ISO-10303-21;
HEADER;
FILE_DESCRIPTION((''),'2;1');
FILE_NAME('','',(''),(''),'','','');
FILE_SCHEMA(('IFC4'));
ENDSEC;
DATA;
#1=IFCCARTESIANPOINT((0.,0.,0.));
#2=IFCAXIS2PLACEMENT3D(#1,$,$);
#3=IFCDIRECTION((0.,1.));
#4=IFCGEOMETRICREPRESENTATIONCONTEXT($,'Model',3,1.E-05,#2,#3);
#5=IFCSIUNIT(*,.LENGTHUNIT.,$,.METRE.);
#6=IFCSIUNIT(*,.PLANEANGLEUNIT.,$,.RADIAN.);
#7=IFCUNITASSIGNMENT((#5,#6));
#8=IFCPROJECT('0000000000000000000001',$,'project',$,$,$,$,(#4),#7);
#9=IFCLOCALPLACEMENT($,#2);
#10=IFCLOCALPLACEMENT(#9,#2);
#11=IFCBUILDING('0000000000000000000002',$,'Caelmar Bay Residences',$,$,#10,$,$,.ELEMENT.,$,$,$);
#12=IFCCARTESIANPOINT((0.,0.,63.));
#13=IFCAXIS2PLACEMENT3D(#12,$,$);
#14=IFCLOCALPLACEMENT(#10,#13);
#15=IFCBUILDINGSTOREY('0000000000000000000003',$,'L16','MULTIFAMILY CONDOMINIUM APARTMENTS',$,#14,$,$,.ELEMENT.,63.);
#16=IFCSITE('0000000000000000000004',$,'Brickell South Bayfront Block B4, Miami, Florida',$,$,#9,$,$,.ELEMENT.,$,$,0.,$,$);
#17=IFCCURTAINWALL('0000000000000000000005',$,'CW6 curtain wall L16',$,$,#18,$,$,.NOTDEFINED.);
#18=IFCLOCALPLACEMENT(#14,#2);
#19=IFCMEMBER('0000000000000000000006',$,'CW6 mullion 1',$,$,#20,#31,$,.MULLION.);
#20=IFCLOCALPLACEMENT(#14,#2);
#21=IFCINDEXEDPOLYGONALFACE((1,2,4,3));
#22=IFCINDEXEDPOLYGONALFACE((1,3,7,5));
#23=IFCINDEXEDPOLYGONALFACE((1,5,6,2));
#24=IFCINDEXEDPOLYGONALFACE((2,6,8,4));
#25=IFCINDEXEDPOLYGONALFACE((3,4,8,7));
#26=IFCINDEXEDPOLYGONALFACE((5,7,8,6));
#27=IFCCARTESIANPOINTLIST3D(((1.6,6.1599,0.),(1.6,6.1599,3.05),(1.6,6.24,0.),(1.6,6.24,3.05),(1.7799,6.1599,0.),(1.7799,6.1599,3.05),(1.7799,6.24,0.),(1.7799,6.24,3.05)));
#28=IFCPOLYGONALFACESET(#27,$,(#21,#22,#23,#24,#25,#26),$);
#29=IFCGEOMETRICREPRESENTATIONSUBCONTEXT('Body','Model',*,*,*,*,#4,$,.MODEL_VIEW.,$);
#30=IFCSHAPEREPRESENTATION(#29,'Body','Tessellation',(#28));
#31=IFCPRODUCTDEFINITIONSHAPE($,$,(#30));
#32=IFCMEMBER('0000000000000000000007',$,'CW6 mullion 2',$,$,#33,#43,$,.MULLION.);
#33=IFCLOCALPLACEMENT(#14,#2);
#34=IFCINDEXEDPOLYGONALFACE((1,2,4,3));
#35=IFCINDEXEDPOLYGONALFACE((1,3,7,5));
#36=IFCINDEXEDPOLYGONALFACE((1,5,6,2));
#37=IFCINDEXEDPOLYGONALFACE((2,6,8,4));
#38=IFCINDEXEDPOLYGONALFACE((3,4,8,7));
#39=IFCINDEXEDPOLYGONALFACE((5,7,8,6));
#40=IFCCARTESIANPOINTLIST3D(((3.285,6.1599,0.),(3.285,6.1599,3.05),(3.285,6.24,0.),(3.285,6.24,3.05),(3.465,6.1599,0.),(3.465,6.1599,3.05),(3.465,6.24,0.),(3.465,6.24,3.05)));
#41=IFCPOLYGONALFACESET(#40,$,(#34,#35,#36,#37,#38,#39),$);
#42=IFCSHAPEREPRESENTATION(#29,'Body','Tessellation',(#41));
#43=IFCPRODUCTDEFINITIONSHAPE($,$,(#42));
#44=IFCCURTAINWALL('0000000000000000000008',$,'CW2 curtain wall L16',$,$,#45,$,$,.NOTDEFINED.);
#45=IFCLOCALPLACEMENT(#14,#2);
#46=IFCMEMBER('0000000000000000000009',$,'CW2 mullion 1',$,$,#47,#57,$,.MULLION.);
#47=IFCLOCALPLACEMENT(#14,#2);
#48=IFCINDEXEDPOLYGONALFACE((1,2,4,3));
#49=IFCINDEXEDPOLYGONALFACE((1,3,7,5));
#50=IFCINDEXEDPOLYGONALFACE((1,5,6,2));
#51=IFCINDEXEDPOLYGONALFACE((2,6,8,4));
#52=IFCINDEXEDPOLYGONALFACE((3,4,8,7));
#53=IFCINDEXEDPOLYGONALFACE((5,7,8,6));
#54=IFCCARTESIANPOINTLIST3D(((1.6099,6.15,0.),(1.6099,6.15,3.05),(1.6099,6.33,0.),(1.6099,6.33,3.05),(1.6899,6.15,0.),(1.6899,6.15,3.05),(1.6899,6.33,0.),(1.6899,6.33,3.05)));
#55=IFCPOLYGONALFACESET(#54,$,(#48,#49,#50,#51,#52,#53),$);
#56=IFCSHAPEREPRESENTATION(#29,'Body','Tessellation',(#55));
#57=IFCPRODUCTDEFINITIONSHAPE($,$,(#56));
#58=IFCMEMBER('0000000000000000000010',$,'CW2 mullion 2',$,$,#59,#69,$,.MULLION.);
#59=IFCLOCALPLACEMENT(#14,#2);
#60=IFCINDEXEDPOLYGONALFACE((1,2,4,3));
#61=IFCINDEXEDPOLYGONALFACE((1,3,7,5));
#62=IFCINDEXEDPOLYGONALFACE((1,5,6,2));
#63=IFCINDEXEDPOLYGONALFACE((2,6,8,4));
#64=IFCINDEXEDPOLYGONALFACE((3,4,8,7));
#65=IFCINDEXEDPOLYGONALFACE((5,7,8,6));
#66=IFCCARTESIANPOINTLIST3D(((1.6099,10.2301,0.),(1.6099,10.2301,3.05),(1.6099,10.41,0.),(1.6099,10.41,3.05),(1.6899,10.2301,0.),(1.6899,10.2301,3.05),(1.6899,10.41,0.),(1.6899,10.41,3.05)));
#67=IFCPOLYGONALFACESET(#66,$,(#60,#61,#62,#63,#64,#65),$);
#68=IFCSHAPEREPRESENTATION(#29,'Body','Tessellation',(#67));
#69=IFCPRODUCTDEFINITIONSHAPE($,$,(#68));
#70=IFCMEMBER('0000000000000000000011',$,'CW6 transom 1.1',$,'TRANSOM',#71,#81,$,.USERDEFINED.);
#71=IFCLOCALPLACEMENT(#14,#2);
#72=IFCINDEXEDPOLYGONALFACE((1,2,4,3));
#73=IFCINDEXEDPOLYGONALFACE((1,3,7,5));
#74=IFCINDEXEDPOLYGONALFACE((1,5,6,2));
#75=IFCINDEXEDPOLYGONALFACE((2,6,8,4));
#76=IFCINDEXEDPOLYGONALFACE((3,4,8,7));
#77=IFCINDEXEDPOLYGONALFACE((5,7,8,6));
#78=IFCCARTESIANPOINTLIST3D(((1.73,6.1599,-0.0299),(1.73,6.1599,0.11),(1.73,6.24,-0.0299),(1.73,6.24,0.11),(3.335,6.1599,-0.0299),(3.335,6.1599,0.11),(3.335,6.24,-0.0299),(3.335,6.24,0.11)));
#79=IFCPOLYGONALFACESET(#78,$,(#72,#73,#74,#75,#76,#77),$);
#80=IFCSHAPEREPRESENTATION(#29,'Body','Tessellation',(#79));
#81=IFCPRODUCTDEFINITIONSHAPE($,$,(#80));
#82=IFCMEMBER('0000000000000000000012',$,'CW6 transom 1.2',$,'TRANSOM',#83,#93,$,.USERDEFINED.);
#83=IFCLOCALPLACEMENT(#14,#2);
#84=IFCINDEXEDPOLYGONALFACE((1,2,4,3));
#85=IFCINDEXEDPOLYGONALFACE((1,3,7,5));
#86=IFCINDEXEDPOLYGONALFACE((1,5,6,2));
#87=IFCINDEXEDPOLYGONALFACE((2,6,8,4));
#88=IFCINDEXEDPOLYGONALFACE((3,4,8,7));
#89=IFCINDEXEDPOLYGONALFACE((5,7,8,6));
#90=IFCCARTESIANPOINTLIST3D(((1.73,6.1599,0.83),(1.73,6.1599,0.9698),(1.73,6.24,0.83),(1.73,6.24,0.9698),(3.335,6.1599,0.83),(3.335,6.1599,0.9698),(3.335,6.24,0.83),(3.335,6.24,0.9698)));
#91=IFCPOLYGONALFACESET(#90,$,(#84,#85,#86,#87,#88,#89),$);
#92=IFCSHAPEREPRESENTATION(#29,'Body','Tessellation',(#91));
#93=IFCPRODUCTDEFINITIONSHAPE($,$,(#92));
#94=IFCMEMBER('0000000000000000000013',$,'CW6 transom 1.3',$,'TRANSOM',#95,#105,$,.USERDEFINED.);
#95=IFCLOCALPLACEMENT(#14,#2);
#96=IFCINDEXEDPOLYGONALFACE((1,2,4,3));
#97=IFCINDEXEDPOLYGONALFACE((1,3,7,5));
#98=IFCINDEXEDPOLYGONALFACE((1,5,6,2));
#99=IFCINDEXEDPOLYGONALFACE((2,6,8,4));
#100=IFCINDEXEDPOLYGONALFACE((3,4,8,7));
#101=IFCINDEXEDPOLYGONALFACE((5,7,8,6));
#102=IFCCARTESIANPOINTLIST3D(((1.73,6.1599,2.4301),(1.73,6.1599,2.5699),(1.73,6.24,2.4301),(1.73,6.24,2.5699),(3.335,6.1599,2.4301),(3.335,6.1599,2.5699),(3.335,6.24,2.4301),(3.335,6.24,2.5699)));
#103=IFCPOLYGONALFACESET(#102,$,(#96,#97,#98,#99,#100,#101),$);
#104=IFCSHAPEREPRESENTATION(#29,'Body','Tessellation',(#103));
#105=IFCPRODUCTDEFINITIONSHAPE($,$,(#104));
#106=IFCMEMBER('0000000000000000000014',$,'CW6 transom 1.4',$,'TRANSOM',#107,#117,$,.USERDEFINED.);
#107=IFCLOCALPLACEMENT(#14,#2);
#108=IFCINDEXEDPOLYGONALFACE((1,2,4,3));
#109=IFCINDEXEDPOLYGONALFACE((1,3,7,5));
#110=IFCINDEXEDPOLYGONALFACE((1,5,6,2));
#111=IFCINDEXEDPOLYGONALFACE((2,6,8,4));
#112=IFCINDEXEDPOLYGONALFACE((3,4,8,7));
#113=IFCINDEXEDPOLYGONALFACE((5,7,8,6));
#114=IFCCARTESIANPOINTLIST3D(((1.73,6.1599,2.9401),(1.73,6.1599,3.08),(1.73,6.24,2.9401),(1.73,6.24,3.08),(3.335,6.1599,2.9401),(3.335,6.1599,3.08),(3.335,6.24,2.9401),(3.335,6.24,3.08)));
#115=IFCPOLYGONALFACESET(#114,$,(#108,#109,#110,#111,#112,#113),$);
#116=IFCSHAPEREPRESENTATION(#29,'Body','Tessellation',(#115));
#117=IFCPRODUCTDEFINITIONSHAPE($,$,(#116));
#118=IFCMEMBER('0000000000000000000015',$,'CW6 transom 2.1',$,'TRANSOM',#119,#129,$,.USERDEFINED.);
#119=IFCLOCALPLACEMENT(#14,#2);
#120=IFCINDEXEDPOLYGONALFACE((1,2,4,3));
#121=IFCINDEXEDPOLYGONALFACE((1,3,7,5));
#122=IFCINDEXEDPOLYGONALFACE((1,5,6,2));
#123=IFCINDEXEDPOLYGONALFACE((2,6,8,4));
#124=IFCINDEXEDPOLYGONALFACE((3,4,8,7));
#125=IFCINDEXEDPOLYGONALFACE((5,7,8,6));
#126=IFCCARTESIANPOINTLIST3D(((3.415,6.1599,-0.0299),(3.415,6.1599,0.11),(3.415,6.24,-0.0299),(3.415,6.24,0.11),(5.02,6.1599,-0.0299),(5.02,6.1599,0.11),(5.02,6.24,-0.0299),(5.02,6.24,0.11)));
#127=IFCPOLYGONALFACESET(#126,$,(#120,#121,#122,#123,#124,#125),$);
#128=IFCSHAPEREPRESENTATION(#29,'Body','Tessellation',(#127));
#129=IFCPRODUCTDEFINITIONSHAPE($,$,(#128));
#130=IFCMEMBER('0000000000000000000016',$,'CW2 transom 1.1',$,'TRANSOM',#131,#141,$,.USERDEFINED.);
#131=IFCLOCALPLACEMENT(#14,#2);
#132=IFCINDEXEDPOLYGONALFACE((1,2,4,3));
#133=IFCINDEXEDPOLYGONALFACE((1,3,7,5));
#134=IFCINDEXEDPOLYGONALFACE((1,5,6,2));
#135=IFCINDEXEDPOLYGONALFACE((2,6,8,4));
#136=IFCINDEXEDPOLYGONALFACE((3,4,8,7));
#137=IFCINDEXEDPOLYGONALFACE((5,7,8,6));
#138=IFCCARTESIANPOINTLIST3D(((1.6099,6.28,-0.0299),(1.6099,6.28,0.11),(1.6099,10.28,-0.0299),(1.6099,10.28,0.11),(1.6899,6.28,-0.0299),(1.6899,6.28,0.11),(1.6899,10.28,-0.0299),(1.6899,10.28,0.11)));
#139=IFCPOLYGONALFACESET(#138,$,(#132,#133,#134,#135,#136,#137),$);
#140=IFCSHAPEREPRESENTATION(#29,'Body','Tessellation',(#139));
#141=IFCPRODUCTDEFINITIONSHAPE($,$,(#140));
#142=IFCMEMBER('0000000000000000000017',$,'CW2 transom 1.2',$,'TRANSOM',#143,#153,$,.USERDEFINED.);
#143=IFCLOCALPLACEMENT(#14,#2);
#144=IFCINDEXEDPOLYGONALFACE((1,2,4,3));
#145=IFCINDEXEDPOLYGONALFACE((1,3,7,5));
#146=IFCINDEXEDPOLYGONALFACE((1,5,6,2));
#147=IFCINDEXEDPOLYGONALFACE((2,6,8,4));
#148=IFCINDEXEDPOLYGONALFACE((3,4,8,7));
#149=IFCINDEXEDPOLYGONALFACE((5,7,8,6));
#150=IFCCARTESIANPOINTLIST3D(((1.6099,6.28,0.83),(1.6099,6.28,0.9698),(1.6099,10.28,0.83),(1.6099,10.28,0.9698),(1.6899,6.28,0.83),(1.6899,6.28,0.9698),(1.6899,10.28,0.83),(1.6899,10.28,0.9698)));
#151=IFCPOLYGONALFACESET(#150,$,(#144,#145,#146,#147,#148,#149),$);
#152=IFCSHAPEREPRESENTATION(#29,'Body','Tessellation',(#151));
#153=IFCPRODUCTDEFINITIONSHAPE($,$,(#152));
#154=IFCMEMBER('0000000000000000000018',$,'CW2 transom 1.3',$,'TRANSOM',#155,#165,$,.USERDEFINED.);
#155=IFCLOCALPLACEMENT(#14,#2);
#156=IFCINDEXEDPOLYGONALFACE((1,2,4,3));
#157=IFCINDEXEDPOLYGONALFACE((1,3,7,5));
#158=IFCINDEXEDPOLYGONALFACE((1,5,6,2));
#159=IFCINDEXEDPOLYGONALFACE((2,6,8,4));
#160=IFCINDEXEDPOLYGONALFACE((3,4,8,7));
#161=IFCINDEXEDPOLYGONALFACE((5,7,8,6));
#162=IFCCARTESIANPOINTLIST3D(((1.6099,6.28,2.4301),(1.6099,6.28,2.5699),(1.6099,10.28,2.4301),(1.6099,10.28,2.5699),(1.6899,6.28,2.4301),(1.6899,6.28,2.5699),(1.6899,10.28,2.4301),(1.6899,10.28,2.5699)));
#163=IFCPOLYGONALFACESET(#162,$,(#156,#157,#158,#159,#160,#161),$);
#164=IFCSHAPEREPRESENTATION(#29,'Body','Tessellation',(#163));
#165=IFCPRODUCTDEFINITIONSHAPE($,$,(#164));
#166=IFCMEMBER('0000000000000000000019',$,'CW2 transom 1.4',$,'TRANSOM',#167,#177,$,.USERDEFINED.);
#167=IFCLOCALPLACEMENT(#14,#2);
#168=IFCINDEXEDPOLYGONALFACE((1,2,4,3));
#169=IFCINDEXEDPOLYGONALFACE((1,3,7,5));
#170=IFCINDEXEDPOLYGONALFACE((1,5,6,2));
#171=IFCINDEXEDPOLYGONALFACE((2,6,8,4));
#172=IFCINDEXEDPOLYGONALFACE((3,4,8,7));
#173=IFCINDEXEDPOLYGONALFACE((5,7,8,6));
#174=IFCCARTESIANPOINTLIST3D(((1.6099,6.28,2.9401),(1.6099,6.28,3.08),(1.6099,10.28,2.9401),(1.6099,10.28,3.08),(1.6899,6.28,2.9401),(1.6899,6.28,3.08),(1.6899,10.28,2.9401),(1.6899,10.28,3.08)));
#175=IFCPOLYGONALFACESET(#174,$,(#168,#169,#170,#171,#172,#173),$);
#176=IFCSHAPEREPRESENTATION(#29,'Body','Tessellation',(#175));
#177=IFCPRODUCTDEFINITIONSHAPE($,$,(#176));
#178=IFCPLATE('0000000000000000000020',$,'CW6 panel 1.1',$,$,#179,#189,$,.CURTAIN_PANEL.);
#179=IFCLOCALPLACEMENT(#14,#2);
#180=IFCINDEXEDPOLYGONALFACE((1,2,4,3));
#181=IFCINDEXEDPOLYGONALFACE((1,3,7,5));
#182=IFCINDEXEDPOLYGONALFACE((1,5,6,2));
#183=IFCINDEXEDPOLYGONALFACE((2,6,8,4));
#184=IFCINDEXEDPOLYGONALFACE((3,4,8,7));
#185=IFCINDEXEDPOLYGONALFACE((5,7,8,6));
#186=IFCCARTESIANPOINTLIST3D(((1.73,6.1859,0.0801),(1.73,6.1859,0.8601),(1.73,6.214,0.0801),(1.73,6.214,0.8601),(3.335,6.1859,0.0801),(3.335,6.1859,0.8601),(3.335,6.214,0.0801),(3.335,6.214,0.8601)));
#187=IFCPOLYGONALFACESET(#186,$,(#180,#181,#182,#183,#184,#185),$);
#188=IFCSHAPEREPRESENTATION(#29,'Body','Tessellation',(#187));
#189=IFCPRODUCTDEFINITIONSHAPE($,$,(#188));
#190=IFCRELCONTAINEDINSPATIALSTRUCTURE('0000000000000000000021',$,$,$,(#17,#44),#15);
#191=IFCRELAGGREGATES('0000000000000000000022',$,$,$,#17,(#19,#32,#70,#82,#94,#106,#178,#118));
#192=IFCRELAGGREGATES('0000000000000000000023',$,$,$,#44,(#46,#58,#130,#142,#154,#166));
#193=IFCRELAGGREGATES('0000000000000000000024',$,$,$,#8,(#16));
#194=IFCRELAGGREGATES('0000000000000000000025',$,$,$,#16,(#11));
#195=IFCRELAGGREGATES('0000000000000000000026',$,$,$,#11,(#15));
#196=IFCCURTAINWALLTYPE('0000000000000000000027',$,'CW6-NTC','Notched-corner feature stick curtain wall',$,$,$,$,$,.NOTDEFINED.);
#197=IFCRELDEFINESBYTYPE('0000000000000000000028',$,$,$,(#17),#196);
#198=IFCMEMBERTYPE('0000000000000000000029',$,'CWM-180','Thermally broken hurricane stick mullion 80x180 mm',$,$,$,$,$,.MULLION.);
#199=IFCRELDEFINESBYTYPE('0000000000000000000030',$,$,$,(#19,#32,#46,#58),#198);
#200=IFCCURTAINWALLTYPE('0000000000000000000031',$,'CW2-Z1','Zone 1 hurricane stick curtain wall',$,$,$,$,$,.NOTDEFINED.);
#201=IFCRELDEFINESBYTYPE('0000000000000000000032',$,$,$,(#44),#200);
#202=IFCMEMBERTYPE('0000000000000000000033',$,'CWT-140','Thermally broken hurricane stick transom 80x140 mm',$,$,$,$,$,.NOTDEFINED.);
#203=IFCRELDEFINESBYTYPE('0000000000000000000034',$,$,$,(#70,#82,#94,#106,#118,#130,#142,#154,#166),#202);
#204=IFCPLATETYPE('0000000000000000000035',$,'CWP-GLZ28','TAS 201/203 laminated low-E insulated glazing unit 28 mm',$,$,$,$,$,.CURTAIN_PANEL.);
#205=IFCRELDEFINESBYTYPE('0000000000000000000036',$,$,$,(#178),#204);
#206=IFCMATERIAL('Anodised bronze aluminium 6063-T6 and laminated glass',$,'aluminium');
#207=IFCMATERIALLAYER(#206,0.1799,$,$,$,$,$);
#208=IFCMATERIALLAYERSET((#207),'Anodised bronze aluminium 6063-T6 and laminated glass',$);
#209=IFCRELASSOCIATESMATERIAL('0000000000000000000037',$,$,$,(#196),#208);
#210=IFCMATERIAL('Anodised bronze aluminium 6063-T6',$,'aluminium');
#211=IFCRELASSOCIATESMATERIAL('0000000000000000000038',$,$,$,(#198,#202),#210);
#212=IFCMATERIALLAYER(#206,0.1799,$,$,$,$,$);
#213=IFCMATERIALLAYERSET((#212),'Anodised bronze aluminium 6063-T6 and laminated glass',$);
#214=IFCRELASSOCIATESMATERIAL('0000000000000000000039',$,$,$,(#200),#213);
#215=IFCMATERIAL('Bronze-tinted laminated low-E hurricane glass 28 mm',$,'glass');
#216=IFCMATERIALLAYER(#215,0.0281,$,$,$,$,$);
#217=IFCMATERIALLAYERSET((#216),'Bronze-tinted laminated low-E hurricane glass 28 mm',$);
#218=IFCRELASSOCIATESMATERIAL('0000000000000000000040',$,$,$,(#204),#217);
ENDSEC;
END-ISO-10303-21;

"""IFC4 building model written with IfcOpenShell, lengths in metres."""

from ifc_helpers import new_model, si_unit, direction, frame, origin, origin_2d, place, context, subcontext, project, spatial, rectangle, extrude, material, layer, layer_set, material_profile, profile_set, type_object, element, aggregate, save


model = new_model("IFC4")

# Units and contexts
model_context = context("Model", 3, precision=1e-05, world=origin(), true_north=direction((0.0, 1.0)))
body_context = subcontext(model_context, "Body", "Model", "MODEL_VIEW")
ifc_project = project(units=[si_unit("LENGTHUNIT", "METRE"), si_unit("PLANEANGLEUNIT", "RADIAN")], contexts=[model_context])

# Site, building, storey
site_placement = place(None, origin())
site = spatial("IfcSite", under=ifc_project, at=site_placement, Name="Brickell South Bayfront Block B4, Miami, Florida", CompositionType="ELEMENT", RefElevation=0.0)
building_placement = place(site_placement, origin())
building = spatial("IfcBuilding", under=site, at=building_placement, Name="Caelmar Bay Residences", CompositionType="ELEMENT")
storey_placement = place(building_placement, frame((0.0, 0.0, 63.0)))
storey = spatial("IfcBuildingStorey", under=building, at=storey_placement, Name="L16", Description="MULTIFAMILY CONDOMINIUM APARTMENTS", CompositionType="ELEMENT", Elevation=63.0)

# Curtain walls, members
ifc_material_1 = material(Name="Anodised bronze aluminium 6063-T6 and laminated glass", Category="aluminium")
ifc_layer_1 = layer(ifc_material_1, 0.1799)
ifc_layer_set_1 = layer_set([ifc_layer_1], Name="Anodised bronze aluminium 6063-T6 and laminated glass")
curtain_wall_type_1 = type_object("IfcCurtainWallType", Name="CW6-NTC", Description="Notched-corner feature stick curtain wall", PredefinedType="NOTDEFINED", material=ifc_layer_set_1)
curtain_wall_1_placement = place(storey_placement, origin())
curtain_wall_1 = element("IfcCurtainWall", 1, at=curtain_wall_1_placement, inside=storey, type_object=curtain_wall_type_1, Name="CW6 curtain wall L16", PredefinedType="NOTDEFINED")
ifc_material_2 = material(Name="Anodised bronze aluminium 6063-T6", Category="aluminium")
ifc_material_profile_1 = material_profile(ifc_material_2, rectangle(XDim=0.0801, YDim=0.1799, at=origin_2d()), Name="CWM-80X180")
ifc_profile_set_1 = profile_set([ifc_material_profile_1], Name="Anodised bronze aluminium 6063-T6")
member_type_1 = type_object("IfcMemberType", Name="CWM-180", Description="Thermally broken hurricane stick mullion 80x180 mm", PredefinedType="MULLION", material=ifc_profile_set_1)
member_1_placement = place(storey_placement, frame((1.6899, 6.2, 0.0), z_axis=(0.0, 0.0, 1.0), x_axis=(0.0, 1.0, 0.0)))
member_1 = element("IfcMember", 2, at=member_1_placement, type_object=member_type_1, Name="CW6 mullion 1", PredefinedType="MULLION", context=body_context, shape_type="SweptSolid", body=[
    extrude(rectangle(XDim=0.0801, YDim=0.1799, at=origin_2d()), origin(), (0.0, 0.0, 1.0), 3.05),
])
member_2_placement = place(storey_placement, frame((3.375, 6.2, 0.0), z_axis=(0.0, 0.0, 1.0), x_axis=(0.0, 1.0, 0.0)))
member_2 = element("IfcMember", 3, at=member_2_placement, type_object=member_type_1, Name="CW6 mullion 2", PredefinedType="MULLION", context=body_context, shape_type="SweptSolid", body=[
    extrude(rectangle(XDim=0.0801, YDim=0.1799, at=origin_2d()), origin(), (0.0, 0.0, 1.0), 3.05),
])
ifc_layer_2 = layer(ifc_material_1, 0.1799)
ifc_layer_set_2 = layer_set([ifc_layer_2], Name="Anodised bronze aluminium 6063-T6 and laminated glass")
curtain_wall_type_2 = type_object("IfcCurtainWallType", Name="CW2-Z1", Description="Zone 1 hurricane stick curtain wall", PredefinedType="NOTDEFINED", material=ifc_layer_set_2)
curtain_wall_2_placement = place(storey_placement, origin())
curtain_wall_2 = element("IfcCurtainWall", 4, at=curtain_wall_2_placement, inside=storey, type_object=curtain_wall_type_2, Name="CW2 curtain wall L16", PredefinedType="NOTDEFINED")
member_3_placement = place(storey_placement, frame((1.6499, 6.24, 0.0), z_axis=(0.0, 0.0, 1.0), x_axis=(-1.0, 0.0, 0.0)))
member_3 = element("IfcMember", 5, at=member_3_placement, type_object=member_type_1, Name="CW2 mullion 1", PredefinedType="MULLION", context=body_context, shape_type="SweptSolid", body=[
    extrude(rectangle(XDim=0.0801, YDim=0.1799, at=origin_2d()), origin(), (0.0, 0.0, 1.0), 3.05),
])
member_4_placement = place(storey_placement, frame((1.6499, 10.3201, 0.0), z_axis=(0.0, 0.0, 1.0), x_axis=(-1.0, 0.0, 0.0)))
member_4 = element("IfcMember", 6, at=member_4_placement, type_object=member_type_1, Name="CW2 mullion 2", PredefinedType="MULLION", context=body_context, shape_type="SweptSolid", body=[
    extrude(rectangle(XDim=0.0801, YDim=0.1799, at=origin_2d()), origin(), (0.0, 0.0, 1.0), 3.05),
])

# Members
ifc_material_profile_2 = material_profile(ifc_material_2, rectangle(XDim=0.0801, YDim=0.1399, at=origin_2d()), Name="CWT-80X140")
ifc_profile_set_2 = profile_set([ifc_material_profile_2], Name="Anodised bronze aluminium 6063-T6")
member_type_2 = type_object("IfcMemberType", Name="CWT-140", Description="Thermally broken hurricane stick transom 80x140 mm", PredefinedType="NOTDEFINED", material=ifc_profile_set_2)
member_5_placement = place(storey_placement, frame((1.73, 6.2, 0.04), z_axis=(1.0, 0.0, 0.0), x_axis=(0.0, 1.0, 0.0)))
member_5 = element("IfcMember", 7, at=member_5_placement, type_object=member_type_2, Name="CW6 transom 1.1", ObjectType="TRANSOM", PredefinedType="USERDEFINED", context=body_context, shape_type="SweptSolid", body=[
    extrude(rectangle(XDim=0.0801, YDim=0.1399, at=origin_2d()), origin(), (0.0, 0.0, 1.0), 1.605),
])
member_6_placement = place(storey_placement, frame((1.73, 6.2, 0.8999), z_axis=(1.0, 0.0, 0.0), x_axis=(0.0, 1.0, 0.0)))
member_6 = element("IfcMember", 8, at=member_6_placement, type_object=member_type_2, Name="CW6 transom 1.2", ObjectType="TRANSOM", PredefinedType="USERDEFINED", context=body_context, shape_type="SweptSolid", body=[
    extrude(rectangle(XDim=0.0801, YDim=0.1399, at=origin_2d()), origin(), (0.0, 0.0, 1.0), 1.605),
])
member_7_placement = place(storey_placement, frame((1.73, 6.2, 2.5), z_axis=(1.0, 0.0, 0.0), x_axis=(0.0, 1.0, 0.0)))
member_7 = element("IfcMember", 9, at=member_7_placement, type_object=member_type_2, Name="CW6 transom 1.3", ObjectType="TRANSOM", PredefinedType="USERDEFINED", context=body_context, shape_type="SweptSolid", body=[
    extrude(rectangle(XDim=0.0801, YDim=0.1399, at=origin_2d()), origin(), (0.0, 0.0, 1.0), 1.605),
])
member_8_placement = place(storey_placement, frame((1.73, 6.2, 3.01), z_axis=(1.0, 0.0, 0.0), x_axis=(0.0, 1.0, 0.0)))
member_8 = element("IfcMember", 10, at=member_8_placement, type_object=member_type_2, Name="CW6 transom 1.4", ObjectType="TRANSOM", PredefinedType="USERDEFINED", context=body_context, shape_type="SweptSolid", body=[
    extrude(rectangle(XDim=0.0801, YDim=0.1399, at=origin_2d()), origin(), (0.0, 0.0, 1.0), 1.605),
])
member_9_placement = place(storey_placement, frame((3.415, 6.2, 0.04), z_axis=(1.0, 0.0, 0.0), x_axis=(0.0, 1.0, 0.0)))
member_9 = element("IfcMember", 11, at=member_9_placement, type_object=member_type_2, Name="CW6 transom 2.1", ObjectType="TRANSOM", PredefinedType="USERDEFINED", context=body_context, shape_type="SweptSolid", body=[
    extrude(rectangle(XDim=0.0801, YDim=0.1399, at=origin_2d()), origin(), (0.0, 0.0, 1.0), 1.605),
])
member_10_placement = place(storey_placement, frame((1.6499, 6.28, 0.04), z_axis=(0.0, 1.0, 0.0), x_axis=(-1.0, 0.0, 0.0)))
member_10 = element("IfcMember", 12, at=member_10_placement, type_object=member_type_2, Name="CW2 transom 1.1", ObjectType="TRANSOM", PredefinedType="USERDEFINED", context=body_context, shape_type="SweptSolid", body=[
    extrude(rectangle(XDim=0.0801, YDim=0.1399, at=origin_2d()), origin(), (0.0, 0.0, 1.0), 4.0),
])
member_11_placement = place(storey_placement, frame((1.6499, 6.28, 0.8999), z_axis=(0.0, 1.0, 0.0), x_axis=(-1.0, 0.0, 0.0)))
member_11 = element("IfcMember", 13, at=member_11_placement, type_object=member_type_2, Name="CW2 transom 1.2", ObjectType="TRANSOM", PredefinedType="USERDEFINED", context=body_context, shape_type="SweptSolid", body=[
    extrude(rectangle(XDim=0.0801, YDim=0.1399, at=origin_2d()), origin(), (0.0, 0.0, 1.0), 4.0),
])
member_12_placement = place(storey_placement, frame((1.6499, 6.28, 2.5), z_axis=(0.0, 1.0, 0.0), x_axis=(-1.0, 0.0, 0.0)))
member_12 = element("IfcMember", 14, at=member_12_placement, type_object=member_type_2, Name="CW2 transom 1.3", ObjectType="TRANSOM", PredefinedType="USERDEFINED", context=body_context, shape_type="SweptSolid", body=[
    extrude(rectangle(XDim=0.0801, YDim=0.1399, at=origin_2d()), origin(), (0.0, 0.0, 1.0), 4.0),
])
member_13_placement = place(storey_placement, frame((1.6499, 6.28, 3.01), z_axis=(0.0, 1.0, 0.0), x_axis=(-1.0, 0.0, 0.0)))
member_13 = element("IfcMember", 15, at=member_13_placement, type_object=member_type_2, Name="CW2 transom 1.4", ObjectType="TRANSOM", PredefinedType="USERDEFINED", context=body_context, shape_type="SweptSolid", body=[
    extrude(rectangle(XDim=0.0801, YDim=0.1399, at=origin_2d()), origin(), (0.0, 0.0, 1.0), 4.0),
])

# Plate
ifc_material_3 = material(Name="Bronze-tinted laminated low-E hurricane glass 28 mm", Category="glass")
ifc_layer_3 = layer(ifc_material_3, 0.0281)
ifc_layer_set_3 = layer_set([ifc_layer_3], Name="Bronze-tinted laminated low-E hurricane glass 28 mm")
plate_type = type_object("IfcPlateType", Name="CWP-GLZ28", Description="TAS 201/203 laminated low-E insulated glazing unit 28 mm", PredefinedType="CURTAIN_PANEL", material=ifc_layer_set_3)
plate_1_placement = place(storey_placement, frame((2.5325, 6.2, 0.0801), z_axis=(0.0, 0.0, 1.0), x_axis=(1.0, 0.0, 0.0)))
plate_1 = element("IfcPlate", 16, at=plate_1_placement, type_object=plate_type, Name="CW6 panel 1.1", PredefinedType="CURTAIN_PANEL", context=body_context, shape_type="SweptSolid", body=[
    extrude(rectangle(XDim=1.605, YDim=0.0281, at=origin_2d()), origin(), (0.0, 0.0, 1.0), 0.78),
])
aggregate(curtain_wall_1, [member_1, member_2, member_5, member_6, member_7, member_8, plate_1, member_9])
aggregate(curtain_wall_2, [member_3, member_4, member_10, member_11, member_12, member_13])

save(model, "model.ifc")
